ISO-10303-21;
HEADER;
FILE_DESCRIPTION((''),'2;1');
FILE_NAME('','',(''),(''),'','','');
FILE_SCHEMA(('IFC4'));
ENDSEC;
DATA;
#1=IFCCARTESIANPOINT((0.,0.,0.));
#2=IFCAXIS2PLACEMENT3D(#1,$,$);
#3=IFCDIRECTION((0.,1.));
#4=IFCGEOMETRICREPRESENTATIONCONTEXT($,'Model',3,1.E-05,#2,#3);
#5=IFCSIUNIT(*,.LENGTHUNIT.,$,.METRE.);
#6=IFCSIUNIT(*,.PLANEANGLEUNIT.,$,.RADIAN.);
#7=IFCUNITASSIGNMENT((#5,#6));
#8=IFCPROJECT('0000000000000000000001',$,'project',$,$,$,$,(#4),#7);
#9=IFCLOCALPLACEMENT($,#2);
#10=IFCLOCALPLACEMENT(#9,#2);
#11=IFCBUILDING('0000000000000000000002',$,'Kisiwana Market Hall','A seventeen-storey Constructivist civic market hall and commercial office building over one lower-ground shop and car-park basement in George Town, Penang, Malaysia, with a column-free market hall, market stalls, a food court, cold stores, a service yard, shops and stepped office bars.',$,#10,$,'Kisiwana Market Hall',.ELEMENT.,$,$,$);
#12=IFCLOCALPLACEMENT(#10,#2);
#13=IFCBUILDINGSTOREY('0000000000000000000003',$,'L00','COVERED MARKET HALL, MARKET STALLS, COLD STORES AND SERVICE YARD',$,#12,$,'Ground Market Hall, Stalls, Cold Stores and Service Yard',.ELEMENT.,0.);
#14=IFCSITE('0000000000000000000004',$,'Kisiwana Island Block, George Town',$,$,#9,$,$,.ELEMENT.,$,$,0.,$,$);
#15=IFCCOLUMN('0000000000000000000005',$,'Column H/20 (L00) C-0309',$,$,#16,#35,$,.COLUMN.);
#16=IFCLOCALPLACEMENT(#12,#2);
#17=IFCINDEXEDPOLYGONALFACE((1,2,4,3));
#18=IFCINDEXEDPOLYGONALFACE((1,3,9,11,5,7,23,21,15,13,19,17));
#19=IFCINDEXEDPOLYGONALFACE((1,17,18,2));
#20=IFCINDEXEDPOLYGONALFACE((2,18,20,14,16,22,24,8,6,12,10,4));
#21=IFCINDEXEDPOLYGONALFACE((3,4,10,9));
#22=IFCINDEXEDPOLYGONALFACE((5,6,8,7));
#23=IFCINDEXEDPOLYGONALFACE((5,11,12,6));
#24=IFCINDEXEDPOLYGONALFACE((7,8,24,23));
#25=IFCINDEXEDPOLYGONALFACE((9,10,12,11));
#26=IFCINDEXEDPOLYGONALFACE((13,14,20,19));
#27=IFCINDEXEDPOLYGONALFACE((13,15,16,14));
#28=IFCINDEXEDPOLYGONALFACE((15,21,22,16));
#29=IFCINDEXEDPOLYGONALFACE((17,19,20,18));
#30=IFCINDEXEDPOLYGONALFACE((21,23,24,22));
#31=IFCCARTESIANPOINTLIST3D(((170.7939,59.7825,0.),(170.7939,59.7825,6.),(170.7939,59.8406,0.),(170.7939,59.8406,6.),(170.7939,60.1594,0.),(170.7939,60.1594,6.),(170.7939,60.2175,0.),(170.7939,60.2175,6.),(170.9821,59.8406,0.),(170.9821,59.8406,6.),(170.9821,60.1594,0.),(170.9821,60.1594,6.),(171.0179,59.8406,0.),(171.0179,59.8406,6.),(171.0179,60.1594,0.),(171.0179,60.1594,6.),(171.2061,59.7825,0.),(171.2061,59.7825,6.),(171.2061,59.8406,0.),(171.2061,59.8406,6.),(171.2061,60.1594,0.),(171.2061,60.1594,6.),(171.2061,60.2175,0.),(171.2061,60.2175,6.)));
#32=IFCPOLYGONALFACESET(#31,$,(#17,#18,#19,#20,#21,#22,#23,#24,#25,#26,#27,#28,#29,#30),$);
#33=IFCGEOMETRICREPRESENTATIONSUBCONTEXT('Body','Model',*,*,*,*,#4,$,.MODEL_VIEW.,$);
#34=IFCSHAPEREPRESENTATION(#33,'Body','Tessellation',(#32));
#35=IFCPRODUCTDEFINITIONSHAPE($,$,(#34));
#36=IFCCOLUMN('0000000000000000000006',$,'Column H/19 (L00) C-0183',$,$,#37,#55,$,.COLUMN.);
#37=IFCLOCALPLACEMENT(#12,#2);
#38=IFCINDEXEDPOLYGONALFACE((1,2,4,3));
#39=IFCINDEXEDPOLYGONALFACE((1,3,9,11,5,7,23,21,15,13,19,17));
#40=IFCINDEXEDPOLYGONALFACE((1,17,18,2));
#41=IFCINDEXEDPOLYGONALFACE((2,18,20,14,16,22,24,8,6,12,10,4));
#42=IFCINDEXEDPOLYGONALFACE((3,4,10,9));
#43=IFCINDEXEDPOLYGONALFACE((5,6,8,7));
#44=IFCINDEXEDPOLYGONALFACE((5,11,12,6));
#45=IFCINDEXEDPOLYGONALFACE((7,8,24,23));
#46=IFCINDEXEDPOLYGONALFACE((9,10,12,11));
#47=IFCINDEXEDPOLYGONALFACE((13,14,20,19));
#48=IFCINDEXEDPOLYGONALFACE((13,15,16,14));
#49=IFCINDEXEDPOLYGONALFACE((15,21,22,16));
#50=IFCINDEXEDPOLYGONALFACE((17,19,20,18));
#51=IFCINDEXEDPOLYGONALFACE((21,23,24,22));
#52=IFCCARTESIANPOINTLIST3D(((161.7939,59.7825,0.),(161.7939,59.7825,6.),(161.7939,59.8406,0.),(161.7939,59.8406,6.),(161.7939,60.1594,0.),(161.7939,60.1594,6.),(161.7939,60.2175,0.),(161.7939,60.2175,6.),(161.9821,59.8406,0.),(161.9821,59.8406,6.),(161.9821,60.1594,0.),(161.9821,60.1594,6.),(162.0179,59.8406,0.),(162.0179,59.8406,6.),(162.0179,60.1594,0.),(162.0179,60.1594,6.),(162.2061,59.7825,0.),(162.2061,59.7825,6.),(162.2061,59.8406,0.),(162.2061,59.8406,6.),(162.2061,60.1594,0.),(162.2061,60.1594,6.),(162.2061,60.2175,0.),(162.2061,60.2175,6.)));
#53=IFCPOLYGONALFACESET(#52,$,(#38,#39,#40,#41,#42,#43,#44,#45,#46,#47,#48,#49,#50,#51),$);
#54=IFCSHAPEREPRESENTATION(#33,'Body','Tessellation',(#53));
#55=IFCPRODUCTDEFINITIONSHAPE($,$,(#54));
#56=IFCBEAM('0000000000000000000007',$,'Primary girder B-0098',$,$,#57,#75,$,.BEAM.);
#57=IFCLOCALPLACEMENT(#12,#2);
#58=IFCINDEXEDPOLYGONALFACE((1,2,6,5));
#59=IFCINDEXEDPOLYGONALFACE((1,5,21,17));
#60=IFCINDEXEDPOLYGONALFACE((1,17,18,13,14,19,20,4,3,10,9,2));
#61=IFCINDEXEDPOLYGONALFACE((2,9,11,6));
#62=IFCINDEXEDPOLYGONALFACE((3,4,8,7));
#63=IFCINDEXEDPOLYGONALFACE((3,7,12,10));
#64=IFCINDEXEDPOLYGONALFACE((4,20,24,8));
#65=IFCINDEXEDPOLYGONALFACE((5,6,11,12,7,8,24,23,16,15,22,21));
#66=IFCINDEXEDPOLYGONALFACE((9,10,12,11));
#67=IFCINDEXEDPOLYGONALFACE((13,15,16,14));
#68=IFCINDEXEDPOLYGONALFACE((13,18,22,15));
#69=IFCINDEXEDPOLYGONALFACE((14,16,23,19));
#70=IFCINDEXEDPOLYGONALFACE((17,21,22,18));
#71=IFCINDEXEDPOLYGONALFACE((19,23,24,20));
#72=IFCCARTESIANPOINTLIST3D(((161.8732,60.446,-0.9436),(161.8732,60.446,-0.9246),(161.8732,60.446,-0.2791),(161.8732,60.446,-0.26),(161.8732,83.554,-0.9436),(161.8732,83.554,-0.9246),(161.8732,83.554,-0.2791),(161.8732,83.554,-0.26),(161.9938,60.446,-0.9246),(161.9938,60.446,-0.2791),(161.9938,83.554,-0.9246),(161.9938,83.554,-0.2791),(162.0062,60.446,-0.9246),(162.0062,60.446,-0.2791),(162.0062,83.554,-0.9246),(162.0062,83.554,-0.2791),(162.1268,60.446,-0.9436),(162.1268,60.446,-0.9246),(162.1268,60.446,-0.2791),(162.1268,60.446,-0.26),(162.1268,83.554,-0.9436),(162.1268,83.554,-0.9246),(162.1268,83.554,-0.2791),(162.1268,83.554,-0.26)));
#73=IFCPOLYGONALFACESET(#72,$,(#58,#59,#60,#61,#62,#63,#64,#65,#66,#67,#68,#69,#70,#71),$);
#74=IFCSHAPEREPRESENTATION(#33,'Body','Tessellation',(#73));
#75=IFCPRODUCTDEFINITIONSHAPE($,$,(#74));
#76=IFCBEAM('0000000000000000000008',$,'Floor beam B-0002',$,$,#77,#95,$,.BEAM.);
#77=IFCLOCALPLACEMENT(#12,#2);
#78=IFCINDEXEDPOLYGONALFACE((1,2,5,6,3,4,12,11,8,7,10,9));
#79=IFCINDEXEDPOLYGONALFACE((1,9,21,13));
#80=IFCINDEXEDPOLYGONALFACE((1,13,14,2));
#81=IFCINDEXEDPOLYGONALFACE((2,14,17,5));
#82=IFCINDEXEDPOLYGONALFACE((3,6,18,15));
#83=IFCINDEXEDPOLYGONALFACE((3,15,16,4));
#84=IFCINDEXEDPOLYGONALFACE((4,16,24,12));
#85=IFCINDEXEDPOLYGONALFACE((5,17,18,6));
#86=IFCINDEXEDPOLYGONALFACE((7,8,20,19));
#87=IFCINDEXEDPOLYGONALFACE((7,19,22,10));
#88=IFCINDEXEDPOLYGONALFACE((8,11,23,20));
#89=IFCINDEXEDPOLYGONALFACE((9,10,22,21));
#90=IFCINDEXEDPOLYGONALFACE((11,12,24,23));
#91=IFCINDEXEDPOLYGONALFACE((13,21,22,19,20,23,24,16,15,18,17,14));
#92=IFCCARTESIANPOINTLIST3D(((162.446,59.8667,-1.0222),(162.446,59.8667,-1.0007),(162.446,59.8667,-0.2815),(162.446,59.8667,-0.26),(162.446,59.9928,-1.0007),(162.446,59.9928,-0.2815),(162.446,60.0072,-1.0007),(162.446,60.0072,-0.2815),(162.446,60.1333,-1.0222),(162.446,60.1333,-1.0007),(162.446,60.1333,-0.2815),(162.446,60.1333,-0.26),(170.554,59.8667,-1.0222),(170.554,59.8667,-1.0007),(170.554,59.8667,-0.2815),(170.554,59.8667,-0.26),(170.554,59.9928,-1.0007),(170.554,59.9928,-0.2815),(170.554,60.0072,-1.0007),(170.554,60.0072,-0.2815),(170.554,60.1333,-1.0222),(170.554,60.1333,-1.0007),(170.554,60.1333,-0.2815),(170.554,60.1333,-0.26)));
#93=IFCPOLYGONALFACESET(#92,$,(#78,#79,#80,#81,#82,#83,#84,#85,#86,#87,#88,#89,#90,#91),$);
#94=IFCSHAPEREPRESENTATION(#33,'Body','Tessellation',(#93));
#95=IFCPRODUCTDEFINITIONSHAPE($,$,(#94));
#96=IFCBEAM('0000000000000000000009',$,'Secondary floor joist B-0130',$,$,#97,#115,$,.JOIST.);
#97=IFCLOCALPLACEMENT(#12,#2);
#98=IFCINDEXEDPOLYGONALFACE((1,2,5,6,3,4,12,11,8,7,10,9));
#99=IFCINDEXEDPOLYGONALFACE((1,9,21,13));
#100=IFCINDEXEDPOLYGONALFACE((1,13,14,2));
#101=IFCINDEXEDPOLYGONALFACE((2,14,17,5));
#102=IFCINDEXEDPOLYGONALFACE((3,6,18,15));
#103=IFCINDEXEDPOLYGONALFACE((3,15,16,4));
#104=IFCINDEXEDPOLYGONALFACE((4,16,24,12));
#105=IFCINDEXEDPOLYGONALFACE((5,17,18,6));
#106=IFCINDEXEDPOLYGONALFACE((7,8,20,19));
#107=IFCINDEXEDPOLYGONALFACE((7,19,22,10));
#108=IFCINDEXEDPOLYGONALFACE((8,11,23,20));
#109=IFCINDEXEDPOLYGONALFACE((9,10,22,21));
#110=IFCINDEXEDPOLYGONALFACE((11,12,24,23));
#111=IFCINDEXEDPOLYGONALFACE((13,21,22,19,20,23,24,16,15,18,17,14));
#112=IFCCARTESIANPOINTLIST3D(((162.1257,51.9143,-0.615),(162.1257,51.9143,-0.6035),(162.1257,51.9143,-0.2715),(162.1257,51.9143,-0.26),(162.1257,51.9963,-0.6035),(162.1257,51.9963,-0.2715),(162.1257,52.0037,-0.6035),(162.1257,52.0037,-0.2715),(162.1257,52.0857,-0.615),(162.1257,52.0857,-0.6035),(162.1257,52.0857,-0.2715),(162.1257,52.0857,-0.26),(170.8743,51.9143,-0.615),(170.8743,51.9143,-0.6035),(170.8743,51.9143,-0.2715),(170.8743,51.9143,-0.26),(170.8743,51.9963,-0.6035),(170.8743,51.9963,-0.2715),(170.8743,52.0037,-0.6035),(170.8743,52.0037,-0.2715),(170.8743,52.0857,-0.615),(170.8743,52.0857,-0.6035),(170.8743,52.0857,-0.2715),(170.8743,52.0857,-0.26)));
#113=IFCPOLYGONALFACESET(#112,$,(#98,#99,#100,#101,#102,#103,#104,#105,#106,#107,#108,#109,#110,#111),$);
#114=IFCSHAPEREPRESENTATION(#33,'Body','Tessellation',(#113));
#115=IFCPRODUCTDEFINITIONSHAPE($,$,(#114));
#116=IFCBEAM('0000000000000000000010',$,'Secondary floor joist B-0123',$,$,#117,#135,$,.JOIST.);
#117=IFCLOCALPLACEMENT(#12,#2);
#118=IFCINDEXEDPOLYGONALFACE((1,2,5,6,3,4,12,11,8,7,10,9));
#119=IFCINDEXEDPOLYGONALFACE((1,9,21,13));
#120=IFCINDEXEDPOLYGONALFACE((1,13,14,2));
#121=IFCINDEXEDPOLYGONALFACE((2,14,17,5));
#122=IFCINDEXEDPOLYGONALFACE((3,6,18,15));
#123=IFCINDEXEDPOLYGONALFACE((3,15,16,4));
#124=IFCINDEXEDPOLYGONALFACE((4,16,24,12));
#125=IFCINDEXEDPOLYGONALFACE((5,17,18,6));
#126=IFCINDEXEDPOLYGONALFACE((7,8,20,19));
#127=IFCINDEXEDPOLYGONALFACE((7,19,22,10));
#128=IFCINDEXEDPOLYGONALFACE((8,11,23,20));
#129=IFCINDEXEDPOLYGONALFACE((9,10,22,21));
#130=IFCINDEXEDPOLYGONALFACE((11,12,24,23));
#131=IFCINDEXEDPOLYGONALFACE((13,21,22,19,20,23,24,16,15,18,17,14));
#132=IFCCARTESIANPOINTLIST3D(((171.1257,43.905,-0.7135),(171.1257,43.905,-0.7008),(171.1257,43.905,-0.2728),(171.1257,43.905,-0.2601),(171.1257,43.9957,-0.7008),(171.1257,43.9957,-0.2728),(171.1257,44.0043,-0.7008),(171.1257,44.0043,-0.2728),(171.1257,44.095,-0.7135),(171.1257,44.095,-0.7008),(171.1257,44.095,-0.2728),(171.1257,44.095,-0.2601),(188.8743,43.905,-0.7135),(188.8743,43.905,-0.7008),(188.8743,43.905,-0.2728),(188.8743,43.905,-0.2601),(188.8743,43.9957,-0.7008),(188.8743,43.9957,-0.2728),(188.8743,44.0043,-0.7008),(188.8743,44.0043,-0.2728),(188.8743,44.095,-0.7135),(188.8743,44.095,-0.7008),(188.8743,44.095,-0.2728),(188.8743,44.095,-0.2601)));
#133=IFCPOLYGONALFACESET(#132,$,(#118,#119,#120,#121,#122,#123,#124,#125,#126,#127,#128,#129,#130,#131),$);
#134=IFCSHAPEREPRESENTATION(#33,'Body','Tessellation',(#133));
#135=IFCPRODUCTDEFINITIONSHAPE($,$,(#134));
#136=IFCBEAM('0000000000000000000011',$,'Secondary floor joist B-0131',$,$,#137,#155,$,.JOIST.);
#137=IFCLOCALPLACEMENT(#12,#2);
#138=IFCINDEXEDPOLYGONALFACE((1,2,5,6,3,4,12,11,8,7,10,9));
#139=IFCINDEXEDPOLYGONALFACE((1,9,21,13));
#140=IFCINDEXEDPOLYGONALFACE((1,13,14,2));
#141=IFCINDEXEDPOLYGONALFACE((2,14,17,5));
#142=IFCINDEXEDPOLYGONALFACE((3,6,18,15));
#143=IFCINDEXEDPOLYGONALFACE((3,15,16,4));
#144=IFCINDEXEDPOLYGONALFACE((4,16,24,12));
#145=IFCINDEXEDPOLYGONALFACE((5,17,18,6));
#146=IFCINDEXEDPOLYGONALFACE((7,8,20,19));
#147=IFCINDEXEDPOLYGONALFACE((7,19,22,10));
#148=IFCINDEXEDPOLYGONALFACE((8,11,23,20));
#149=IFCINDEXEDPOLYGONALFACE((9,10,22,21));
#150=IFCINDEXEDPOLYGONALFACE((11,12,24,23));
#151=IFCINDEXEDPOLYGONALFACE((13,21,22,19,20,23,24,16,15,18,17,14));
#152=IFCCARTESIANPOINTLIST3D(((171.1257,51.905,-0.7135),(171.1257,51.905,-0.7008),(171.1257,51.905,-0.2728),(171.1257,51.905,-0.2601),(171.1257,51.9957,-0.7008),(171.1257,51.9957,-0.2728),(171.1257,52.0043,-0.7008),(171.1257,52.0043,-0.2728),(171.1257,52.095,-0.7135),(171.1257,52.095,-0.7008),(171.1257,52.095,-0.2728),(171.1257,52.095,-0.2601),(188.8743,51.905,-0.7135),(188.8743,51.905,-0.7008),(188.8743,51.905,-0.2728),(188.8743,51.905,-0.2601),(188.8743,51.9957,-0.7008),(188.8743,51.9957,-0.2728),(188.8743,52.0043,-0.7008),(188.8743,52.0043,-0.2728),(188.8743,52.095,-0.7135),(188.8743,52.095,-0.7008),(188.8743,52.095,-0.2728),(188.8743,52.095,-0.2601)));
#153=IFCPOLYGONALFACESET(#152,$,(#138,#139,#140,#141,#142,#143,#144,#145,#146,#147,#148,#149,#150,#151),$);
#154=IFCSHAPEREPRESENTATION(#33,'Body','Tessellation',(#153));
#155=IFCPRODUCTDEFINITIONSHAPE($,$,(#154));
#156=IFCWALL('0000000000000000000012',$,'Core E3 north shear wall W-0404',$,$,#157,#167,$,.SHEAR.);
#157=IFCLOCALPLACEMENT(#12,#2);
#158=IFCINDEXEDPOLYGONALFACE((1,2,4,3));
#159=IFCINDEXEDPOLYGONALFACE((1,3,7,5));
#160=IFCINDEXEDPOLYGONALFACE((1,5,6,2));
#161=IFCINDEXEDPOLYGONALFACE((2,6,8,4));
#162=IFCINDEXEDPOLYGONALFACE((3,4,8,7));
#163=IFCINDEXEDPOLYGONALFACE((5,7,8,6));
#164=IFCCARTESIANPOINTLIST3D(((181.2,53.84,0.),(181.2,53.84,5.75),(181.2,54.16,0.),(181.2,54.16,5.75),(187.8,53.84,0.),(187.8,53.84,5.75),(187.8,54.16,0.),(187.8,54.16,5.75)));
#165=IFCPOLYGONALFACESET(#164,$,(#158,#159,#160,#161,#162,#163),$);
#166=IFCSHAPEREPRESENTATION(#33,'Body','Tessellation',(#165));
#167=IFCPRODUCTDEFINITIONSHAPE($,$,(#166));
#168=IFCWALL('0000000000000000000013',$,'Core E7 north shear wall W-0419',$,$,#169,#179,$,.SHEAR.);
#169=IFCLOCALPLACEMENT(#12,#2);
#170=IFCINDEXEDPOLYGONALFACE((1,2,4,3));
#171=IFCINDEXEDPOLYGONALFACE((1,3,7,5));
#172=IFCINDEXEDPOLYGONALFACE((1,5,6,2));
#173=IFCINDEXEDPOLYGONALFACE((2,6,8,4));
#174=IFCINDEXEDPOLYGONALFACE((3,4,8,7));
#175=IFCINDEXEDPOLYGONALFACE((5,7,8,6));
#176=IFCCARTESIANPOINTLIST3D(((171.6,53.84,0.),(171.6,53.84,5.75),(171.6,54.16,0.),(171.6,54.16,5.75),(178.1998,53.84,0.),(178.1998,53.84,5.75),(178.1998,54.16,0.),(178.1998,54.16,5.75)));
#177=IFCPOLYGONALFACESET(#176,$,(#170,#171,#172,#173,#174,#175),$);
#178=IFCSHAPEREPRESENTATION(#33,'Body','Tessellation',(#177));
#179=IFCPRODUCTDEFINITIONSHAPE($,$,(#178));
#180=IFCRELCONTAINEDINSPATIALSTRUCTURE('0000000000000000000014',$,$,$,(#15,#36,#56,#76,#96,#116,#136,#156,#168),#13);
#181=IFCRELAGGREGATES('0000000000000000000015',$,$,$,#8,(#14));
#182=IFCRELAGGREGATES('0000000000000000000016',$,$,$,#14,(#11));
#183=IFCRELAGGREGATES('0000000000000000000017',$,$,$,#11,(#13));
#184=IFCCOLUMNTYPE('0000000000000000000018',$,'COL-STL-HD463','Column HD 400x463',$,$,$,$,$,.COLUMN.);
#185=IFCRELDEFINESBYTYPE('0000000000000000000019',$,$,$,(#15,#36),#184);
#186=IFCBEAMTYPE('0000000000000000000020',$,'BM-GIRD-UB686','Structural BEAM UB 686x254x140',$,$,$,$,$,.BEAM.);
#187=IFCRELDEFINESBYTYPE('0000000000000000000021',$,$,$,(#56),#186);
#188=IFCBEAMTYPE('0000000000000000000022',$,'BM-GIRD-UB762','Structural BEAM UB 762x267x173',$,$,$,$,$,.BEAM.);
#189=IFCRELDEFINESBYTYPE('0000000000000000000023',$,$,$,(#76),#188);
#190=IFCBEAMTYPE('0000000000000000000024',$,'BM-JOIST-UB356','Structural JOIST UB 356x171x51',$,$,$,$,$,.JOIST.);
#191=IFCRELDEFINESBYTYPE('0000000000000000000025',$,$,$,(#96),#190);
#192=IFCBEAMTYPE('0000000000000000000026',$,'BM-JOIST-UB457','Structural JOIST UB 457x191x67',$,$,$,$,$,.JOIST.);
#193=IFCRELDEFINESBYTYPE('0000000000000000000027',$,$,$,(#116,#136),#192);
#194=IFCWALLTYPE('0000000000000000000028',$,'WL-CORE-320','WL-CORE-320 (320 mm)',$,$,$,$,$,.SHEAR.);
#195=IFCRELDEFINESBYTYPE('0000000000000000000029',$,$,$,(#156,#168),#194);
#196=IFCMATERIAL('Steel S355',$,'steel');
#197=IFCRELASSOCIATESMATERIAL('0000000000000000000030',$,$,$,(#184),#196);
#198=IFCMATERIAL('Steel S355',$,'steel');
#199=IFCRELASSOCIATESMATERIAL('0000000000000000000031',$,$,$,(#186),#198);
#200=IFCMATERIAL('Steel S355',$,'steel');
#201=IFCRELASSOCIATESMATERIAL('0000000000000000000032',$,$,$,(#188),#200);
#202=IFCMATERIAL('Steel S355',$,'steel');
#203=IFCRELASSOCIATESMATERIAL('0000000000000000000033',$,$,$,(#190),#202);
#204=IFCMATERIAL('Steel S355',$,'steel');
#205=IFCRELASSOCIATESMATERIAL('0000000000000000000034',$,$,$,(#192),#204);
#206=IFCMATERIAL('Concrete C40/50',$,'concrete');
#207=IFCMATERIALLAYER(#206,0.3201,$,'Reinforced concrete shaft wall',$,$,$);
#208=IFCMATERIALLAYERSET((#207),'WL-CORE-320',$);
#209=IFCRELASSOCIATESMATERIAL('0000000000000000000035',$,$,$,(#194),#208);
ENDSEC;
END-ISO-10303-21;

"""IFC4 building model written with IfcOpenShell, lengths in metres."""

from ifc_helpers import new_model, si_unit, direction, frame, frame_2d, origin, origin_2d, place, context, subcontext, project, spatial, rectangle, i_section, extrude, material, layer, layer_set, material_profile, profile_set, type_object, element, save


model = new_model("IFC4")

# Units and contexts
model_context = context("Model", 3, precision=1e-05, world=origin(), true_north=direction((0.0, 1.0)))
body_context = subcontext(model_context, "Body", "Model", "MODEL_VIEW")
ifc_project = project(units=[si_unit("LENGTHUNIT", "METRE"), si_unit("PLANEANGLEUNIT", "RADIAN")], contexts=[model_context])

# Site, building, storey
site_placement = place(None, origin())
site = spatial("IfcSite", under=ifc_project, at=site_placement, Name="Kisiwana Island Block, George Town", CompositionType="ELEMENT", RefElevation=0.0)
building_placement = place(site_placement, origin())
building = spatial("IfcBuilding", under=site, at=building_placement, Name="Kisiwana Market Hall", Description="A seventeen-storey Constructivist civic market hall and commercial office building over one lower-ground shop and car-park basement in George Town, Penang, Malaysia, with a column-free market hall, market stalls, a food court, cold stores, a service yard, shops and stepped office bars.", LongName="Kisiwana Market Hall", CompositionType="ELEMENT")
storey_placement = place(building_placement, origin())
storey = spatial("IfcBuildingStorey", under=building, at=storey_placement, Name="L00", Description="COVERED MARKET HALL, MARKET STALLS, COLD STORES AND SERVICE YARD", LongName="Ground Market Hall, Stalls, Cold Stores and Service Yard", CompositionType="ELEMENT", Elevation=0.0)

# Columns
ifc_material_1 = material(Name="Steel S355", Category="steel")
ifc_material_profile_1 = material_profile(ifc_material_1, i_section(OverallWidth=0.4121, OverallDepth=0.4351, WebThickness=0.0359, FlangeThickness=0.0581, at=origin_2d()), Name="HD 400x463")
ifc_profile_set_1 = profile_set([ifc_material_profile_1], Name="Steel S355")
column_type = type_object("IfcColumnType", Name="COL-STL-HD463", Description="Column HD 400x463", PredefinedType="COLUMN", material=ifc_profile_set_1)
for number, where, z_axis, x_axis, name in (
    (1, (171.0, 60.0, 0.0), (0.0, 0.0, 1.0), (1.0, 0.0, 0.0), "Column H/20 (L00) C-0309"),
    (2, (162.0, 60.0, 0.0), (0.0, 0.0, 1.0), (1.0, 0.0, 0.0), "Column H/19 (L00) C-0183"),
):
    element("IfcColumn", number, at=place(storey_placement, frame(where, z_axis=z_axis, x_axis=x_axis)), inside=storey, type_object=column_type, Name=name, PredefinedType="COLUMN", context=body_context, shape_type="SweptSolid", body=[
        extrude(i_section(OverallWidth=0.4121, OverallDepth=0.4351, WebThickness=0.0359, FlangeThickness=0.0581, at=origin_2d()), origin(), (0.0, 0.0, 1.0), 6.0),
    ])

# Beams
ifc_material_2 = material(Name="Steel S355", Category="steel")
ifc_material_profile_2 = material_profile(ifc_material_2, i_section(OverallWidth=0.2537, OverallDepth=0.6836, WebThickness=0.0125, FlangeThickness=0.019, at=origin_2d()), Name="UB 686x254x140")
ifc_profile_set_2 = profile_set([ifc_material_profile_2], Name="Steel S355")
beam_type_1 = type_object("IfcBeamType", Name="BM-GIRD-UB686", Description="Structural BEAM UB 686x254x140", PredefinedType="BEAM", material=ifc_profile_set_2)
beam_1_placement = place(storey_placement, frame((162.0, 60.446, -0.6018), z_axis=(0.0, 1.0, 0.0), x_axis=(-1.0, 0.0, 0.0)))
element("IfcBeam", 3, at=beam_1_placement, inside=storey, type_object=beam_type_1, Name="Primary girder B-0098", PredefinedType="BEAM", context=body_context, shape_type="SweptSolid", body=[
    extrude(i_section(OverallWidth=0.2537, OverallDepth=0.6836, WebThickness=0.0125, FlangeThickness=0.019, at=origin_2d()), origin(), (0.0, 0.0, 1.0), 23.1079),
])
ifc_material_3 = material(Name="Steel S355", Category="steel")
ifc_material_profile_3 = material_profile(ifc_material_3, i_section(OverallWidth=0.2666, OverallDepth=0.7622, WebThickness=0.0144, FlangeThickness=0.0215, at=origin_2d()), Name="UB 762x267x173")
ifc_profile_set_3 = profile_set([ifc_material_profile_3], Name="Steel S355")
beam_type_2 = type_object("IfcBeamType", Name="BM-GIRD-UB762", Description="Structural BEAM UB 762x267x173", PredefinedType="BEAM", material=ifc_profile_set_3)
beam_2_placement = place(storey_placement, frame((162.446, 60.0, -0.6411), z_axis=(1.0, 0.0, 0.0), x_axis=(0.0, 1.0, 0.0)))
element("IfcBeam", 4, at=beam_2_placement, inside=storey, type_object=beam_type_2, Name="Floor beam B-0002", PredefinedType="BEAM", context=body_context, shape_type="SweptSolid", body=[
    extrude(i_section(OverallWidth=0.2666, OverallDepth=0.7622, WebThickness=0.0144, FlangeThickness=0.0215, at=origin_2d()), origin(), (0.0, 0.0, 1.0), 8.1079),
])
ifc_material_4 = material(Name="Steel S355", Category="steel")
ifc_material_profile_4 = material_profile(ifc_material_4, i_section(OverallWidth=0.1714, OverallDepth=0.355, WebThickness=0.0073, FlangeThickness=0.0115, at=origin_2d()), Name="UB 356x171x51")
ifc_profile_set_4 = profile_set([ifc_material_profile_4], Name="Steel S355")
beam_type_3 = type_object("IfcBeamType", Name="BM-JOIST-UB356", Description="Structural JOIST UB 356x171x51", PredefinedType="JOIST", material=ifc_profile_set_4)
beam_3_placement = place(storey_placement, frame((162.1257, 52.0, -0.4375), z_axis=(1.0, 0.0, 0.0), x_axis=(0.0, 1.0, 0.0)))
element("IfcBeam", 5, at=beam_3_placement, inside=storey, type_object=beam_type_3, Name="Secondary floor joist B-0130", PredefinedType="JOIST", context=body_context, shape_type="SweptSolid", body=[
    extrude(i_section(OverallWidth=0.1714, OverallDepth=0.355, WebThickness=0.0073, FlangeThickness=0.0115, at=origin_2d()), origin(), (0.0, 0.0, 1.0), 8.7485),
])
ifc_material_5 = material(Name="Steel S355", Category="steel")
ifc_material_profile_5 = material_profile(ifc_material_5, i_section(OverallWidth=0.1899, OverallDepth=0.4534, WebThickness=0.0085, FlangeThickness=0.0127, at=origin_2d()), Name="UB 457x191x67")
ifc_profile_set_5 = profile_set([ifc_material_profile_5], Name="Steel S355")
beam_type_4 = type_object("IfcBeamType", Name="BM-JOIST-UB457", Description="Structural JOIST UB 457x191x67", PredefinedType="JOIST", material=ifc_profile_set_5)
for number, where, z_axis, x_axis, name in (
    (6, (171.1257, 44.0, -0.4868), (1.0, 0.0, 0.0), (0.0, 1.0, 0.0), "Secondary floor joist B-0123"),
    (7, (171.1257, 52.0, -0.4868), (1.0, 0.0, 0.0), (0.0, 1.0, 0.0), "Secondary floor joist B-0131"),
):
    element("IfcBeam", number, at=place(storey_placement, frame(where, z_axis=z_axis, x_axis=x_axis)), inside=storey, type_object=beam_type_4, Name=name, PredefinedType="JOIST", context=body_context, shape_type="SweptSolid", body=[
        extrude(i_section(OverallWidth=0.1899, OverallDepth=0.4534, WebThickness=0.0085, FlangeThickness=0.0127, at=origin_2d()), origin(), (0.0, 0.0, 1.0), 17.7485),
    ])

# Walls
ifc_material_6 = material(Name="Concrete C40/50", Category="concrete")
ifc_layer = layer(ifc_material_6, 0.3201, Name="Reinforced concrete shaft wall")
ifc_layer_set = layer_set([ifc_layer], Name="WL-CORE-320")
wall_type = type_object("IfcWallType", Name="WL-CORE-320", Description="WL-CORE-320 (320 mm)", PredefinedType="SHEAR", material=ifc_layer_set)
wall_1_placement = place(storey_placement, frame((181.2, 54.0, 0.0), z_axis=(0.0, 0.0, 1.0), x_axis=(1.0, 0.0, 0.0)))
element("IfcWall", 8, at=wall_1_placement, inside=storey, type_object=wall_type, Name="Core E3 north shear wall W-0404", PredefinedType="SHEAR", context=body_context, shape_type="SweptSolid", body=[
    extrude(rectangle(XDim=6.6001, YDim=0.3201, at=frame_2d((3.3, 0.0))), origin(), (0.0, 0.0, 1.0), 5.75),
])
wall_2_placement = place(storey_placement, frame((171.6001, 54.0, 0.0), z_axis=(0.0, 0.0, 1.0), x_axis=(1.0, 0.0, 0.0)))
element("IfcWall", 9, at=wall_2_placement, inside=storey, type_object=wall_type, Name="Core E7 north shear wall W-0419", PredefinedType="SHEAR", context=body_context, shape_type="SweptSolid", body=[
    extrude(rectangle(XDim=6.5999, YDim=0.3201, at=frame_2d((3.2998, 0.0))), origin(), (0.0, 0.0, 1.0), 5.75),
])

save(model, "model.ifc")
